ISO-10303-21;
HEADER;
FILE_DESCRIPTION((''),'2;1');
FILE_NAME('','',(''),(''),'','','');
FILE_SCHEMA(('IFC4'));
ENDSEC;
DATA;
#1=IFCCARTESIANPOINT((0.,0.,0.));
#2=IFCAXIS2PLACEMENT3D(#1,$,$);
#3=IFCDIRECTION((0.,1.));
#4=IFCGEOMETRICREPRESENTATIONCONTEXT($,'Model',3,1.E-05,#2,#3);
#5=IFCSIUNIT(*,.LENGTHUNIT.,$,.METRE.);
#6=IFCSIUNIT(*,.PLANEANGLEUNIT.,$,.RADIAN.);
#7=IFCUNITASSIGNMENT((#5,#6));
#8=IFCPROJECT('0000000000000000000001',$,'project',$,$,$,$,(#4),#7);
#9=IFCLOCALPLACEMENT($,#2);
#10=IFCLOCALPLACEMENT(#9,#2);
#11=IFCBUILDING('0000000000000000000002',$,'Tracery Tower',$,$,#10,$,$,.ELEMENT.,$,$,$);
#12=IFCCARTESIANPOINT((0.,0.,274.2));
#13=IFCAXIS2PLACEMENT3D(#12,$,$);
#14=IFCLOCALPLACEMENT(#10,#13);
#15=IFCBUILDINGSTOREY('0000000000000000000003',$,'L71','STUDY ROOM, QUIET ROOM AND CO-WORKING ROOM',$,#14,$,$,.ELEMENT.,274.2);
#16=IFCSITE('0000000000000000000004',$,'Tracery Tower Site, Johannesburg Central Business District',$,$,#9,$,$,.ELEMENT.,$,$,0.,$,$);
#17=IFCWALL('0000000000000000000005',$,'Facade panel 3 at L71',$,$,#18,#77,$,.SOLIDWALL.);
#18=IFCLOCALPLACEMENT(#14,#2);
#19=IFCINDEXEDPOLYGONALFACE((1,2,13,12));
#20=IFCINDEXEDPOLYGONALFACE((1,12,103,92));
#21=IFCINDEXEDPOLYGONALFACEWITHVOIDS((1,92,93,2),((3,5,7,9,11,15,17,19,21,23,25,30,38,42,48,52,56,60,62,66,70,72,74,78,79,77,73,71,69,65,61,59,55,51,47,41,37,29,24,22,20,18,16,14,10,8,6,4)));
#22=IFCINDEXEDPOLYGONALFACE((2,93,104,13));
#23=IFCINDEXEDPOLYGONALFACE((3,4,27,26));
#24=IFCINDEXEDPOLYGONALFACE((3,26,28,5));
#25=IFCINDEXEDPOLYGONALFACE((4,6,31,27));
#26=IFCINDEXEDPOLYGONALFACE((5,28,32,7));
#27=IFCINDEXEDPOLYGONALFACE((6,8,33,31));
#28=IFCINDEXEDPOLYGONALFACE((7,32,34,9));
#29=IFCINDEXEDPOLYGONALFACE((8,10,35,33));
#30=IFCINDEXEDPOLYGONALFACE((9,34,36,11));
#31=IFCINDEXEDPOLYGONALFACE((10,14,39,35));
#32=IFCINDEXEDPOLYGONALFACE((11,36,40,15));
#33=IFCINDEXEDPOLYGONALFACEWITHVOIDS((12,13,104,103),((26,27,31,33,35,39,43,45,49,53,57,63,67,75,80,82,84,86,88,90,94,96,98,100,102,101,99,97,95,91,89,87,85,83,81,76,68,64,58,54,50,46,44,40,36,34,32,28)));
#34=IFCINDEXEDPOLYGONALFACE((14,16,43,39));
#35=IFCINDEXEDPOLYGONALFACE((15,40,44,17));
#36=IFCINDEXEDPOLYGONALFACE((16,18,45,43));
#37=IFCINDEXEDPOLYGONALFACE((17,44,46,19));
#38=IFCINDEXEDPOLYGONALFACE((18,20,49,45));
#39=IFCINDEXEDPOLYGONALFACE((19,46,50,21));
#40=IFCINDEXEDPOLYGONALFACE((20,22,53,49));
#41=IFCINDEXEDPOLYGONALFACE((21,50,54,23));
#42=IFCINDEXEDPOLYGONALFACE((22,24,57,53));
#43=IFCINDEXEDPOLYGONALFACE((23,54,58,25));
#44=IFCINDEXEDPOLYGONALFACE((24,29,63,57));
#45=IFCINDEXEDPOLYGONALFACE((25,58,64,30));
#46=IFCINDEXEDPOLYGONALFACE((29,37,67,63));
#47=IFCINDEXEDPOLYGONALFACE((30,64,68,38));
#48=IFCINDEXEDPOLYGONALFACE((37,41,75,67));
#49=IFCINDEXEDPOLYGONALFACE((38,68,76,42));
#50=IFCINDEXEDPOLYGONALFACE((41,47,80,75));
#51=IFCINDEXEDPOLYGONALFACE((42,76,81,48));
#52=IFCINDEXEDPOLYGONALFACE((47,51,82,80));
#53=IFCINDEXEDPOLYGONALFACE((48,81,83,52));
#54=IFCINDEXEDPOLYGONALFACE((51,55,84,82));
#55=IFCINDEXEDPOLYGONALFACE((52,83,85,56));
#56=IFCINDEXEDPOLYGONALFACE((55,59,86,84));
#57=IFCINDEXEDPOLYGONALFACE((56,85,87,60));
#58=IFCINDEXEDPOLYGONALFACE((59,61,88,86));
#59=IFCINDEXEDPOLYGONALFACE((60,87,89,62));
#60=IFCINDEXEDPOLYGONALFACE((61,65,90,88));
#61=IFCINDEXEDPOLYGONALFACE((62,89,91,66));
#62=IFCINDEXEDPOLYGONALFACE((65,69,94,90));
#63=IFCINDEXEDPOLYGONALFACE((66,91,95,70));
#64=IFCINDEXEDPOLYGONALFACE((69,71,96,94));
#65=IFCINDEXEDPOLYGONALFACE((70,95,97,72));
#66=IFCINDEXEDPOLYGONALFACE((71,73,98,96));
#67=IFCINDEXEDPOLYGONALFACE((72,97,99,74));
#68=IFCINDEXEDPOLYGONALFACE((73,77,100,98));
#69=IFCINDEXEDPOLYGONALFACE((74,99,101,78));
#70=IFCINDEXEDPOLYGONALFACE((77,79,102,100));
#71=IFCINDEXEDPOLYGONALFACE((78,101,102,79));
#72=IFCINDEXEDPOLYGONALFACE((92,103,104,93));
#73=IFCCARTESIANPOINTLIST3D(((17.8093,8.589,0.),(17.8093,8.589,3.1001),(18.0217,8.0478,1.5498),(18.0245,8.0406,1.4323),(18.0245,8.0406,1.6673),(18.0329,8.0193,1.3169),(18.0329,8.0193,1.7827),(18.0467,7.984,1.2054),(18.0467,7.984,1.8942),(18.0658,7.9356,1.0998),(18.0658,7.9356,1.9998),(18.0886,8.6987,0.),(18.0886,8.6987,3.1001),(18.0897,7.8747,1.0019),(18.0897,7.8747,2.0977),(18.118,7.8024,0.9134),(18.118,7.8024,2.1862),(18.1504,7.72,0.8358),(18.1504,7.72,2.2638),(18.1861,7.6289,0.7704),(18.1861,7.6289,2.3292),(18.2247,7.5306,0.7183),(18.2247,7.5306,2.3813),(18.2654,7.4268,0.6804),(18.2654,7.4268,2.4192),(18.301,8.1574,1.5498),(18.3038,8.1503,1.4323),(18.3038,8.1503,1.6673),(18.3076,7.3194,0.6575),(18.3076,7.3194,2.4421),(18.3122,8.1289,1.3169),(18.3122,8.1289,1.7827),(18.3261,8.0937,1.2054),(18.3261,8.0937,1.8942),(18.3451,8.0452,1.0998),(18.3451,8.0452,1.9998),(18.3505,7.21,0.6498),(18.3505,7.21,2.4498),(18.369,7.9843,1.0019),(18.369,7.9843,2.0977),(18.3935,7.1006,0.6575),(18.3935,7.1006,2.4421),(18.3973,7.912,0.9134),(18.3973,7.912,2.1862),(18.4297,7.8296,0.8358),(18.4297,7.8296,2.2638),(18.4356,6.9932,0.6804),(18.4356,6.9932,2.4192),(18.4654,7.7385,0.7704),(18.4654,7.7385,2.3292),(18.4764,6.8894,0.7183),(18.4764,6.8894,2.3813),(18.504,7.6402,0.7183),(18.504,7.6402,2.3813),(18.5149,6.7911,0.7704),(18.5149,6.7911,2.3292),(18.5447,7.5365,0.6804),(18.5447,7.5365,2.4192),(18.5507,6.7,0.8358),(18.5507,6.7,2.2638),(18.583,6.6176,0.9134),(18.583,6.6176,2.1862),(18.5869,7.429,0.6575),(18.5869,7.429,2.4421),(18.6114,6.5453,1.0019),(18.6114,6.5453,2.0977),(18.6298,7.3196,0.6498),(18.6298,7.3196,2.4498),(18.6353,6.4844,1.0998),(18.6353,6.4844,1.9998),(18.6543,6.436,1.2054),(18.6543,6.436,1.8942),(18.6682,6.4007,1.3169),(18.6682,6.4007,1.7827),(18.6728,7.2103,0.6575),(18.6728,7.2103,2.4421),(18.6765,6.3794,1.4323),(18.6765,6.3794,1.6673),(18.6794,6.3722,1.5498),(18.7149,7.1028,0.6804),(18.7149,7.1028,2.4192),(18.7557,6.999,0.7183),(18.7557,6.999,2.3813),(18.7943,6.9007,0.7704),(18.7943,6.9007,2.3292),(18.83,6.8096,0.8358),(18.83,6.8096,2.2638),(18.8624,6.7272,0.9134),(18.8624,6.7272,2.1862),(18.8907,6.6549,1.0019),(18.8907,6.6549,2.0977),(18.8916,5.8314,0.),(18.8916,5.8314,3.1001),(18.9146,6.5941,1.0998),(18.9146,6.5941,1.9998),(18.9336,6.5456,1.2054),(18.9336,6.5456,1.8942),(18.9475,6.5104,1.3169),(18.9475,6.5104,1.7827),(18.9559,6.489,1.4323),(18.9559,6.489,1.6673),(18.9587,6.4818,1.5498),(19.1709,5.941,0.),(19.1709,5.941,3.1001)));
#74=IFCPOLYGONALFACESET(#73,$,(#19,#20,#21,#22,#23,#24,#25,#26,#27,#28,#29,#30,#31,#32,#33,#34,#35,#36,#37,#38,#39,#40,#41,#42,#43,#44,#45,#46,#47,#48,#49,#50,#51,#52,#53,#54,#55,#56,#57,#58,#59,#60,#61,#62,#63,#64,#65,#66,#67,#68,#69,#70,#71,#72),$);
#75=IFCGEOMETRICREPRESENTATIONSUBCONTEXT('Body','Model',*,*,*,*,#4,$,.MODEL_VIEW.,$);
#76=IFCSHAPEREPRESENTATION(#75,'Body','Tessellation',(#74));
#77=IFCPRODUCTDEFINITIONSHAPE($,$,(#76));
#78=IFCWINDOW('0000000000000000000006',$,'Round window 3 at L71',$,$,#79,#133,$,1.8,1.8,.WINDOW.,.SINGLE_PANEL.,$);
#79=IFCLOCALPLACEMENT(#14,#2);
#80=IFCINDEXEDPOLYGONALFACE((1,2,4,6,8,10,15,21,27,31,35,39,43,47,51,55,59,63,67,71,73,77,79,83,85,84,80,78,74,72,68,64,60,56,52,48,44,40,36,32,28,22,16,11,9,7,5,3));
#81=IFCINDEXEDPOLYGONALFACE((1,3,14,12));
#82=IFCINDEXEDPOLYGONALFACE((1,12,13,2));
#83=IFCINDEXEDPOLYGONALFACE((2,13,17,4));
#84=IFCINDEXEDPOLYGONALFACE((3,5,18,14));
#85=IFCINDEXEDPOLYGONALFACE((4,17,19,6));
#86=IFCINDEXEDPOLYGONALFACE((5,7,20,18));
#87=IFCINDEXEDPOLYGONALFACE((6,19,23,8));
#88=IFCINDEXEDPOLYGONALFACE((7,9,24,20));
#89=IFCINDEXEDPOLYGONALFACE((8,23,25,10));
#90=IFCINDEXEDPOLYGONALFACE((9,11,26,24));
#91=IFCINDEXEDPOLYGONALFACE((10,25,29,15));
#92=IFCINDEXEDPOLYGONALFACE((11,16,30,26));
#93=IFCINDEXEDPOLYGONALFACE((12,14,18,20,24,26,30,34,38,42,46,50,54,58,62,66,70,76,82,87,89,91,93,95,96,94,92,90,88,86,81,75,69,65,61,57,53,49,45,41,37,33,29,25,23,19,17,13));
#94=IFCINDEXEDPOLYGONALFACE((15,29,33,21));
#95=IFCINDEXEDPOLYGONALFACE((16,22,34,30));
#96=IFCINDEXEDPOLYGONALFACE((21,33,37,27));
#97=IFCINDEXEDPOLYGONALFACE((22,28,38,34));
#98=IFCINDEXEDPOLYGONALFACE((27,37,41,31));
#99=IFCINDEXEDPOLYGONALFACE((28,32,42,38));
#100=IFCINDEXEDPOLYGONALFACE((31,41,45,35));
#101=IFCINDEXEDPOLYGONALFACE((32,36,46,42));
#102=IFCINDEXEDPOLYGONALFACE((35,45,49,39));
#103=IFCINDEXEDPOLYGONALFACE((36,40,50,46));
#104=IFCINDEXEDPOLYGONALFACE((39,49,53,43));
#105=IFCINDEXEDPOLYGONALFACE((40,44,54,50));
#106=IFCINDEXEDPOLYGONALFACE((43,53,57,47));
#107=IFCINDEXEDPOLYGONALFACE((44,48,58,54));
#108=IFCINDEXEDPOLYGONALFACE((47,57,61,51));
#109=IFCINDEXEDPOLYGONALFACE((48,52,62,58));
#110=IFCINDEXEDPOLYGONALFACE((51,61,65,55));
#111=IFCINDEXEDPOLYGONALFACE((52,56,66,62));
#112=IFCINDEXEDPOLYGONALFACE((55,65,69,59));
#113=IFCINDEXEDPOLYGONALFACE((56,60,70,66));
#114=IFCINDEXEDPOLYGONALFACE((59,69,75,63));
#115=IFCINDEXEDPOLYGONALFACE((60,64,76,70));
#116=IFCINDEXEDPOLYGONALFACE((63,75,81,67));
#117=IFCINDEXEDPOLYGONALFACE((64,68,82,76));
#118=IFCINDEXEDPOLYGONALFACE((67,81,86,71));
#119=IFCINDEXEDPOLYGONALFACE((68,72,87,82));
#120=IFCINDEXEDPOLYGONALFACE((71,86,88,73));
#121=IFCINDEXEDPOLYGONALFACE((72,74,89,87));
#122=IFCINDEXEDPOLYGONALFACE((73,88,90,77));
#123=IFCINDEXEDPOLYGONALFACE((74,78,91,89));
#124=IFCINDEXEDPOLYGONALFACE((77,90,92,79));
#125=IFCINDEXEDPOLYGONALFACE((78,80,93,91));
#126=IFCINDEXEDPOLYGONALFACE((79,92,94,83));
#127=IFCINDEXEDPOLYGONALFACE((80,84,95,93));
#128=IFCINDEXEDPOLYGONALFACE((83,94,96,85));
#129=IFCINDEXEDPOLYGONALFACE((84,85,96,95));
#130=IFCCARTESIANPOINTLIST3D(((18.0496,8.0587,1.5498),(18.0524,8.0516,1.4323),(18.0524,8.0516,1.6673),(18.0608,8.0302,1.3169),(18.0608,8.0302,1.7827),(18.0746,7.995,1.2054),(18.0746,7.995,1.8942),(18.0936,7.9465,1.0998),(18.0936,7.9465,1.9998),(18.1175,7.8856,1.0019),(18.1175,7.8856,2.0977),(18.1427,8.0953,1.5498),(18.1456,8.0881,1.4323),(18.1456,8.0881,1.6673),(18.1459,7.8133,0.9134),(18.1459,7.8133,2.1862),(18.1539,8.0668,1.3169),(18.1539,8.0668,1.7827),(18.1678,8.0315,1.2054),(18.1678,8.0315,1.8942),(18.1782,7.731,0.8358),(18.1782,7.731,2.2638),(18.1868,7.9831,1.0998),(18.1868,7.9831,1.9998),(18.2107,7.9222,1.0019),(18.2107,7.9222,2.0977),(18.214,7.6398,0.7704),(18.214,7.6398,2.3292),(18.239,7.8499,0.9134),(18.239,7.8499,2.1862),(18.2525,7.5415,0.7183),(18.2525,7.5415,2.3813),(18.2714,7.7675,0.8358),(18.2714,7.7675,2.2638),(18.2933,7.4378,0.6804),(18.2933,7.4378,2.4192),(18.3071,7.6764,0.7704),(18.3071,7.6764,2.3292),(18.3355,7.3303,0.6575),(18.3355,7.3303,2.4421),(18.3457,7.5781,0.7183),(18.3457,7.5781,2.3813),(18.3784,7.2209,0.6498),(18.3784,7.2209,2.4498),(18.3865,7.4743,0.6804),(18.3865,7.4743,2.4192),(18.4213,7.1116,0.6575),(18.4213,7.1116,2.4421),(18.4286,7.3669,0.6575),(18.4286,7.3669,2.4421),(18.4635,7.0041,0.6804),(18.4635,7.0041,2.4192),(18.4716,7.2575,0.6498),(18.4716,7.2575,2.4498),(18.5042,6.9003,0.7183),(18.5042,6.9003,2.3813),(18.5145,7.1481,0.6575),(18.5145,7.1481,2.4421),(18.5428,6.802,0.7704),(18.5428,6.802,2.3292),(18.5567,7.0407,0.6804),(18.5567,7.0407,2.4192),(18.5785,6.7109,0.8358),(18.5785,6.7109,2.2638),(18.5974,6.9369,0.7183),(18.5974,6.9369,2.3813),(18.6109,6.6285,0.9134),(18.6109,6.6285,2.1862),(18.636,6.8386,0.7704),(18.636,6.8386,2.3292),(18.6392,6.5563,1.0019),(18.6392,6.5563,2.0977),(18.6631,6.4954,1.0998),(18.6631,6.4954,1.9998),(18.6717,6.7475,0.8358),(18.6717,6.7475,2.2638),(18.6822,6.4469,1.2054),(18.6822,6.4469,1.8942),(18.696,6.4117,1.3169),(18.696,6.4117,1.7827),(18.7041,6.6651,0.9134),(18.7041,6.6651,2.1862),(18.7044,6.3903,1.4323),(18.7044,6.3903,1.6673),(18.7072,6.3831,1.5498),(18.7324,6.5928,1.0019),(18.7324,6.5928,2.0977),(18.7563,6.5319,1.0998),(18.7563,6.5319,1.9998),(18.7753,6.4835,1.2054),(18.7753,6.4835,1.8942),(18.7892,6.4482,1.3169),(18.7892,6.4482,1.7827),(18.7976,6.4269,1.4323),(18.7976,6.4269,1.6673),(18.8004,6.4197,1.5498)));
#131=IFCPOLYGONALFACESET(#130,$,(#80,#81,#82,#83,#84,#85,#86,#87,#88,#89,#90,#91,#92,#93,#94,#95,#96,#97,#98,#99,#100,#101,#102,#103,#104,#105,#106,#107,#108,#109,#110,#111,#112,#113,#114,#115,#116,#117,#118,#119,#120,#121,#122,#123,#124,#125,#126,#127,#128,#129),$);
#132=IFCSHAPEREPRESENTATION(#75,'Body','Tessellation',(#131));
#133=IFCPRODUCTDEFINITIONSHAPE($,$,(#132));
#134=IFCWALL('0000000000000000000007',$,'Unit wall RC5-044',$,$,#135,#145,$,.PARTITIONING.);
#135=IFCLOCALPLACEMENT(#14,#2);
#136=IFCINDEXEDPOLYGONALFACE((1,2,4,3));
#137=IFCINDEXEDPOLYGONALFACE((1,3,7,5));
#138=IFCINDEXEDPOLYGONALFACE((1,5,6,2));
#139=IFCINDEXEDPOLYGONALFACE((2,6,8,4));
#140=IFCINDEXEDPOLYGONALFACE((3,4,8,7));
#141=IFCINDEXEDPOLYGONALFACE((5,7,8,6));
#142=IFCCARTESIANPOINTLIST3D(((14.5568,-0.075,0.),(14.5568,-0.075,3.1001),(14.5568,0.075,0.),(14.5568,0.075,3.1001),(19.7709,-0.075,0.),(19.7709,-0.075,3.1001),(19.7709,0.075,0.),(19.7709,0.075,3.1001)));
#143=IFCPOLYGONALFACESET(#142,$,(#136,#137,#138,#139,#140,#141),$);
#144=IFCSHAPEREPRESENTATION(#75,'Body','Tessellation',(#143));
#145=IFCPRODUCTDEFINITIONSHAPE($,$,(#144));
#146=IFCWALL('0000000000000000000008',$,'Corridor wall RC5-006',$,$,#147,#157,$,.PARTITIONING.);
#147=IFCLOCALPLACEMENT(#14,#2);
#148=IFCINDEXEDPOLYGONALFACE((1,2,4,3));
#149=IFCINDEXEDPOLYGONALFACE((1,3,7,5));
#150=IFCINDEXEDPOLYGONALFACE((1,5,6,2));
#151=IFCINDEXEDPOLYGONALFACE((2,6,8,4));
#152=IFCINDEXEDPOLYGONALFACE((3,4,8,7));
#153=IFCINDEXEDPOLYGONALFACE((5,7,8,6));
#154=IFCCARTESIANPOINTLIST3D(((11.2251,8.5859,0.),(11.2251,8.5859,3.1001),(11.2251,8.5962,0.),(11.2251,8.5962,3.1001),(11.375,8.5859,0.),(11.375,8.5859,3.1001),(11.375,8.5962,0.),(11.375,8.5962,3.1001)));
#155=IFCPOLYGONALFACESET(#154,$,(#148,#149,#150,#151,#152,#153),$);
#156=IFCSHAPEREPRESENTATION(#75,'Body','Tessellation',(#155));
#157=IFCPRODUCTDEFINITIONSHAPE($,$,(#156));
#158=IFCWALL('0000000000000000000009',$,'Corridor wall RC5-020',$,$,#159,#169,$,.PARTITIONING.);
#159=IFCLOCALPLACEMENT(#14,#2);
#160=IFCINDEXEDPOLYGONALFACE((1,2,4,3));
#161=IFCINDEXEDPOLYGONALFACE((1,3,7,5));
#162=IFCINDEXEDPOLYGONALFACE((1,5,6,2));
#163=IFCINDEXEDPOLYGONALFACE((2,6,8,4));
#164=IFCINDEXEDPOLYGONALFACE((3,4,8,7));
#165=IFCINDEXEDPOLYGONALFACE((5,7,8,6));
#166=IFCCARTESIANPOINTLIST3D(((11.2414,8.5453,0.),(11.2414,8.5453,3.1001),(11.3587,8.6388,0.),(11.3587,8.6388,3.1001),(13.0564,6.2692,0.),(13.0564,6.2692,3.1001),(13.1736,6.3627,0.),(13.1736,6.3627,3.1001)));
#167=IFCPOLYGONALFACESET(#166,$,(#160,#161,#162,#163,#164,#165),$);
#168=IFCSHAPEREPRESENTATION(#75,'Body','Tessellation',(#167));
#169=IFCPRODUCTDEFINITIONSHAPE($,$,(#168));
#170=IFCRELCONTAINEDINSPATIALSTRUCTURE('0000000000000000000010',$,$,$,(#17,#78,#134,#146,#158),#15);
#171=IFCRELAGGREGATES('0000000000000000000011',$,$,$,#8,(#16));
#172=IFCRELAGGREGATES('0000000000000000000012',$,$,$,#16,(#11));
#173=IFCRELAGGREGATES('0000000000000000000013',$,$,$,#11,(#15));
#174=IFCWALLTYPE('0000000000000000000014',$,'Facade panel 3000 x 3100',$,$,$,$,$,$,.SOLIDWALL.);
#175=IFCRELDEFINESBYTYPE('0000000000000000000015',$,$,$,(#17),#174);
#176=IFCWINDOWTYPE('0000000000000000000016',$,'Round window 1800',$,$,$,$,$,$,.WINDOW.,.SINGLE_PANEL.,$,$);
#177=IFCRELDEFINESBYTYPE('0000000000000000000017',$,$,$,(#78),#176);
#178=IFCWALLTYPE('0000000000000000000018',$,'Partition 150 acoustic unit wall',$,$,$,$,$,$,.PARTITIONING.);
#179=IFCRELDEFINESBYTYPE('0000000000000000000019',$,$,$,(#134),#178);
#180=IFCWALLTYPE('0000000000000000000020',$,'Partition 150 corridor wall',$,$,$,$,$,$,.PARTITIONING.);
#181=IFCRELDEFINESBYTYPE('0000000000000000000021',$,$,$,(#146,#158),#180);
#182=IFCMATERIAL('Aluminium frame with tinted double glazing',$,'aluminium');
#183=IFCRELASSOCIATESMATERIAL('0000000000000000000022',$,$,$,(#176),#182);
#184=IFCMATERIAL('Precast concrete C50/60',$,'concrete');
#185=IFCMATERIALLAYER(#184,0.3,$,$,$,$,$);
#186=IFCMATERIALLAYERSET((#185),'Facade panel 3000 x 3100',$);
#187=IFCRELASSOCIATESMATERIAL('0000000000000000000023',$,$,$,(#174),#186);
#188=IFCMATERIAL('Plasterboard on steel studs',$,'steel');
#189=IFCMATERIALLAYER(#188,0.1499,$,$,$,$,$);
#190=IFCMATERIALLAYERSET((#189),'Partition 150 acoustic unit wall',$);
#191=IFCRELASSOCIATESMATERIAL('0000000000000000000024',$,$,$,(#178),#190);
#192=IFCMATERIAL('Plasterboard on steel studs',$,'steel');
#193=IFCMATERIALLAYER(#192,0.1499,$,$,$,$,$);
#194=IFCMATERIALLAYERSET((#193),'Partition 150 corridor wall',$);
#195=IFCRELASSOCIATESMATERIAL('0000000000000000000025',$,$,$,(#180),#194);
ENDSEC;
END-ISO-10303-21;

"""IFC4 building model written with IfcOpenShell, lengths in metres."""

from ifc_helpers import new_model, si_unit, direction, frame, frame_2d, origin, origin_2d, place, context, subcontext, project, spatial, rectangle, circle, extrude, material, layer, layer_set, type_object, element, fill, save


model = new_model("IFC4")

# Units and contexts
model_context = context("Model", 3, precision=1e-05, world=origin(), true_north=direction((0.0, 1.0)))
body_context = subcontext(model_context, "Body", "Model", "MODEL_VIEW")
ifc_project = project(units=[si_unit("LENGTHUNIT", "METRE"), si_unit("PLANEANGLEUNIT", "RADIAN")], contexts=[model_context])

# Site, building, storey
site_placement = place(None, origin())
site = spatial("IfcSite", under=ifc_project, at=site_placement, Name="Tracery Tower Site, Johannesburg Central Business District", CompositionType="ELEMENT", RefElevation=0.0)
building_placement = place(site_placement, origin())
building = spatial("IfcBuilding", under=site, at=building_placement, Name="Tracery Tower", CompositionType="ELEMENT")
storey_placement = place(building_placement, frame((0.0, 0.0, 274.2)))
storey = spatial("IfcBuildingStorey", under=building, at=storey_placement, Name="L71", Description="STUDY ROOM, QUIET ROOM AND CO-WORKING ROOM", CompositionType="ELEMENT", Elevation=274.2)

# Wall, opening, window
ifc_material_1 = material(Name="Aluminium frame with tinted double glazing", Category="aluminium")
window_type = type_object("IfcWindowType", Name="Round window 1800", PartitioningType="SINGLE_PANEL", PredefinedType="WINDOW", material=ifc_material_1)
ifc_material_2 = material(Name="Precast concrete C50/60", Category="concrete")
ifc_layer_1 = layer(ifc_material_2, 0.3)
ifc_layer_set_1 = layer_set([ifc_layer_1], Name="Facade panel 3000 x 3100")
wall_type_1 = type_object("IfcWallType", Name="Facade panel 3000 x 3100", PredefinedType="SOLIDWALL", material=ifc_layer_set_1)
wall_1_placement = place(storey_placement, frame((19.0312, 5.8862, 0.0), z_axis=(0.0, 0.0, 1.0), x_axis=(-0.365344, 0.930873, 0.0)))
wall_1 = element("IfcWall", 1, at=wall_1_placement, inside=storey, type_object=wall_type_1, Name="Facade panel 3 at L71", PredefinedType="SOLIDWALL", context=body_context, shape_type="SweptSolid", body=[
    extrude(rectangle(XDim=2.9624, YDim=0.3, at=frame_2d((1.4812, 0.0))), origin(), (0.0, 0.0, 1.0), 3.1001),
])
opening_1_placement = place(wall_1_placement, frame((1.481, 0.0, 1.5498)))
opening_1 = element("IfcOpeningElement", 2, at=opening_1_placement, cuts=wall_1, PredefinedType="OPENING", context=body_context, shape_type="SweptSolid", body=[
    extrude(circle(Radius=0.9, at=origin_2d()), frame((0.0, 0.1599, 0.0), z_axis=(0.0, -1.0, 0.0), x_axis=(1.0, 0.0, 0.0)), (0.0, 0.0, 1.0), 0.3201),
])
window_1_placement = place(opening_1_placement, origin())
window_1 = element("IfcWindow", 3, at=window_1_placement, inside=storey, type_object=window_type, Name="Round window 3 at L71", OverallHeight=1.8, OverallWidth=1.8, PartitioningType="SINGLE_PANEL", PredefinedType="WINDOW", context=body_context, shape_type="SweptSolid", body=[
    extrude(circle(Radius=0.9, at=origin_2d()), frame((0.0, 0.1201, 0.0), z_axis=(0.0, -1.0, 0.0), x_axis=(1.0, 0.0, 0.0)), (0.0, 0.0, 1.0), 0.1001),
])
fill(opening_1, window_1)

# Walls
ifc_material_3 = material(Name="Plasterboard on steel studs", Category="steel")
ifc_layer_2 = layer(ifc_material_3, 0.1499)
ifc_layer_set_2 = layer_set([ifc_layer_2], Name="Partition 150 acoustic unit wall")
wall_type_2 = type_object("IfcWallType", Name="Partition 150 acoustic unit wall", PredefinedType="PARTITIONING", material=ifc_layer_set_2)
wall_2_placement = place(storey_placement, frame((14.5569, 0.0, 0.0), z_axis=(0.0, 0.0, 1.0), x_axis=(1.0, 0.0, 0.0)))
element("IfcWall", 4, at=wall_2_placement, inside=storey, type_object=wall_type_2, Name="Unit wall RC5-044", PredefinedType="PARTITIONING", context=body_context, shape_type="SweptSolid", body=[
    extrude(rectangle(XDim=5.2141, YDim=0.1499, at=frame_2d((2.6069, 0.0))), origin(), (0.0, 0.0, 1.0), 3.1001),
])
ifc_material_4 = material(Name="Plasterboard on steel studs", Category="steel")
ifc_layer_3 = layer(ifc_material_4, 0.1499)
ifc_layer_set_3 = layer_set([ifc_layer_3], Name="Partition 150 corridor wall")
wall_type_3 = type_object("IfcWallType", Name="Partition 150 corridor wall", PredefinedType="PARTITIONING", material=ifc_layer_set_3)
wall_3_placement = place(storey_placement, frame((11.3, 8.5859, 0.0), z_axis=(0.0, 0.0, 1.0), x_axis=(0.0, 1.0, 0.0)))
element("IfcWall", 5, at=wall_3_placement, inside=storey, type_object=wall_type_3, Name="Corridor wall RC5-006", PredefinedType="PARTITIONING", context=body_context, shape_type="SweptSolid", body=[
    extrude(rectangle(XDim=0.0103, YDim=0.1499, at=frame_2d((0.0051, 0.0))), origin(), (0.0, 0.0, 1.0), 3.1001),
])
wall_4_placement = place(storey_placement, frame((11.3, 8.592, 0.0), z_axis=(0.0, 0.0, 1.0), x_axis=(0.623447, -0.781866, 0.0)))
element("IfcWall", 6, at=wall_4_placement, inside=storey, type_object=wall_type_3, Name="Corridor wall RC5-020", PredefinedType="PARTITIONING", context=body_context, shape_type="SweptSolid", body=[
    extrude(rectangle(XDim=2.9111, YDim=0.1499, at=frame_2d((1.4556, 0.0))), origin(), (0.0, 0.0, 1.0), 3.1001),
])

save(model, "model.ifc")
